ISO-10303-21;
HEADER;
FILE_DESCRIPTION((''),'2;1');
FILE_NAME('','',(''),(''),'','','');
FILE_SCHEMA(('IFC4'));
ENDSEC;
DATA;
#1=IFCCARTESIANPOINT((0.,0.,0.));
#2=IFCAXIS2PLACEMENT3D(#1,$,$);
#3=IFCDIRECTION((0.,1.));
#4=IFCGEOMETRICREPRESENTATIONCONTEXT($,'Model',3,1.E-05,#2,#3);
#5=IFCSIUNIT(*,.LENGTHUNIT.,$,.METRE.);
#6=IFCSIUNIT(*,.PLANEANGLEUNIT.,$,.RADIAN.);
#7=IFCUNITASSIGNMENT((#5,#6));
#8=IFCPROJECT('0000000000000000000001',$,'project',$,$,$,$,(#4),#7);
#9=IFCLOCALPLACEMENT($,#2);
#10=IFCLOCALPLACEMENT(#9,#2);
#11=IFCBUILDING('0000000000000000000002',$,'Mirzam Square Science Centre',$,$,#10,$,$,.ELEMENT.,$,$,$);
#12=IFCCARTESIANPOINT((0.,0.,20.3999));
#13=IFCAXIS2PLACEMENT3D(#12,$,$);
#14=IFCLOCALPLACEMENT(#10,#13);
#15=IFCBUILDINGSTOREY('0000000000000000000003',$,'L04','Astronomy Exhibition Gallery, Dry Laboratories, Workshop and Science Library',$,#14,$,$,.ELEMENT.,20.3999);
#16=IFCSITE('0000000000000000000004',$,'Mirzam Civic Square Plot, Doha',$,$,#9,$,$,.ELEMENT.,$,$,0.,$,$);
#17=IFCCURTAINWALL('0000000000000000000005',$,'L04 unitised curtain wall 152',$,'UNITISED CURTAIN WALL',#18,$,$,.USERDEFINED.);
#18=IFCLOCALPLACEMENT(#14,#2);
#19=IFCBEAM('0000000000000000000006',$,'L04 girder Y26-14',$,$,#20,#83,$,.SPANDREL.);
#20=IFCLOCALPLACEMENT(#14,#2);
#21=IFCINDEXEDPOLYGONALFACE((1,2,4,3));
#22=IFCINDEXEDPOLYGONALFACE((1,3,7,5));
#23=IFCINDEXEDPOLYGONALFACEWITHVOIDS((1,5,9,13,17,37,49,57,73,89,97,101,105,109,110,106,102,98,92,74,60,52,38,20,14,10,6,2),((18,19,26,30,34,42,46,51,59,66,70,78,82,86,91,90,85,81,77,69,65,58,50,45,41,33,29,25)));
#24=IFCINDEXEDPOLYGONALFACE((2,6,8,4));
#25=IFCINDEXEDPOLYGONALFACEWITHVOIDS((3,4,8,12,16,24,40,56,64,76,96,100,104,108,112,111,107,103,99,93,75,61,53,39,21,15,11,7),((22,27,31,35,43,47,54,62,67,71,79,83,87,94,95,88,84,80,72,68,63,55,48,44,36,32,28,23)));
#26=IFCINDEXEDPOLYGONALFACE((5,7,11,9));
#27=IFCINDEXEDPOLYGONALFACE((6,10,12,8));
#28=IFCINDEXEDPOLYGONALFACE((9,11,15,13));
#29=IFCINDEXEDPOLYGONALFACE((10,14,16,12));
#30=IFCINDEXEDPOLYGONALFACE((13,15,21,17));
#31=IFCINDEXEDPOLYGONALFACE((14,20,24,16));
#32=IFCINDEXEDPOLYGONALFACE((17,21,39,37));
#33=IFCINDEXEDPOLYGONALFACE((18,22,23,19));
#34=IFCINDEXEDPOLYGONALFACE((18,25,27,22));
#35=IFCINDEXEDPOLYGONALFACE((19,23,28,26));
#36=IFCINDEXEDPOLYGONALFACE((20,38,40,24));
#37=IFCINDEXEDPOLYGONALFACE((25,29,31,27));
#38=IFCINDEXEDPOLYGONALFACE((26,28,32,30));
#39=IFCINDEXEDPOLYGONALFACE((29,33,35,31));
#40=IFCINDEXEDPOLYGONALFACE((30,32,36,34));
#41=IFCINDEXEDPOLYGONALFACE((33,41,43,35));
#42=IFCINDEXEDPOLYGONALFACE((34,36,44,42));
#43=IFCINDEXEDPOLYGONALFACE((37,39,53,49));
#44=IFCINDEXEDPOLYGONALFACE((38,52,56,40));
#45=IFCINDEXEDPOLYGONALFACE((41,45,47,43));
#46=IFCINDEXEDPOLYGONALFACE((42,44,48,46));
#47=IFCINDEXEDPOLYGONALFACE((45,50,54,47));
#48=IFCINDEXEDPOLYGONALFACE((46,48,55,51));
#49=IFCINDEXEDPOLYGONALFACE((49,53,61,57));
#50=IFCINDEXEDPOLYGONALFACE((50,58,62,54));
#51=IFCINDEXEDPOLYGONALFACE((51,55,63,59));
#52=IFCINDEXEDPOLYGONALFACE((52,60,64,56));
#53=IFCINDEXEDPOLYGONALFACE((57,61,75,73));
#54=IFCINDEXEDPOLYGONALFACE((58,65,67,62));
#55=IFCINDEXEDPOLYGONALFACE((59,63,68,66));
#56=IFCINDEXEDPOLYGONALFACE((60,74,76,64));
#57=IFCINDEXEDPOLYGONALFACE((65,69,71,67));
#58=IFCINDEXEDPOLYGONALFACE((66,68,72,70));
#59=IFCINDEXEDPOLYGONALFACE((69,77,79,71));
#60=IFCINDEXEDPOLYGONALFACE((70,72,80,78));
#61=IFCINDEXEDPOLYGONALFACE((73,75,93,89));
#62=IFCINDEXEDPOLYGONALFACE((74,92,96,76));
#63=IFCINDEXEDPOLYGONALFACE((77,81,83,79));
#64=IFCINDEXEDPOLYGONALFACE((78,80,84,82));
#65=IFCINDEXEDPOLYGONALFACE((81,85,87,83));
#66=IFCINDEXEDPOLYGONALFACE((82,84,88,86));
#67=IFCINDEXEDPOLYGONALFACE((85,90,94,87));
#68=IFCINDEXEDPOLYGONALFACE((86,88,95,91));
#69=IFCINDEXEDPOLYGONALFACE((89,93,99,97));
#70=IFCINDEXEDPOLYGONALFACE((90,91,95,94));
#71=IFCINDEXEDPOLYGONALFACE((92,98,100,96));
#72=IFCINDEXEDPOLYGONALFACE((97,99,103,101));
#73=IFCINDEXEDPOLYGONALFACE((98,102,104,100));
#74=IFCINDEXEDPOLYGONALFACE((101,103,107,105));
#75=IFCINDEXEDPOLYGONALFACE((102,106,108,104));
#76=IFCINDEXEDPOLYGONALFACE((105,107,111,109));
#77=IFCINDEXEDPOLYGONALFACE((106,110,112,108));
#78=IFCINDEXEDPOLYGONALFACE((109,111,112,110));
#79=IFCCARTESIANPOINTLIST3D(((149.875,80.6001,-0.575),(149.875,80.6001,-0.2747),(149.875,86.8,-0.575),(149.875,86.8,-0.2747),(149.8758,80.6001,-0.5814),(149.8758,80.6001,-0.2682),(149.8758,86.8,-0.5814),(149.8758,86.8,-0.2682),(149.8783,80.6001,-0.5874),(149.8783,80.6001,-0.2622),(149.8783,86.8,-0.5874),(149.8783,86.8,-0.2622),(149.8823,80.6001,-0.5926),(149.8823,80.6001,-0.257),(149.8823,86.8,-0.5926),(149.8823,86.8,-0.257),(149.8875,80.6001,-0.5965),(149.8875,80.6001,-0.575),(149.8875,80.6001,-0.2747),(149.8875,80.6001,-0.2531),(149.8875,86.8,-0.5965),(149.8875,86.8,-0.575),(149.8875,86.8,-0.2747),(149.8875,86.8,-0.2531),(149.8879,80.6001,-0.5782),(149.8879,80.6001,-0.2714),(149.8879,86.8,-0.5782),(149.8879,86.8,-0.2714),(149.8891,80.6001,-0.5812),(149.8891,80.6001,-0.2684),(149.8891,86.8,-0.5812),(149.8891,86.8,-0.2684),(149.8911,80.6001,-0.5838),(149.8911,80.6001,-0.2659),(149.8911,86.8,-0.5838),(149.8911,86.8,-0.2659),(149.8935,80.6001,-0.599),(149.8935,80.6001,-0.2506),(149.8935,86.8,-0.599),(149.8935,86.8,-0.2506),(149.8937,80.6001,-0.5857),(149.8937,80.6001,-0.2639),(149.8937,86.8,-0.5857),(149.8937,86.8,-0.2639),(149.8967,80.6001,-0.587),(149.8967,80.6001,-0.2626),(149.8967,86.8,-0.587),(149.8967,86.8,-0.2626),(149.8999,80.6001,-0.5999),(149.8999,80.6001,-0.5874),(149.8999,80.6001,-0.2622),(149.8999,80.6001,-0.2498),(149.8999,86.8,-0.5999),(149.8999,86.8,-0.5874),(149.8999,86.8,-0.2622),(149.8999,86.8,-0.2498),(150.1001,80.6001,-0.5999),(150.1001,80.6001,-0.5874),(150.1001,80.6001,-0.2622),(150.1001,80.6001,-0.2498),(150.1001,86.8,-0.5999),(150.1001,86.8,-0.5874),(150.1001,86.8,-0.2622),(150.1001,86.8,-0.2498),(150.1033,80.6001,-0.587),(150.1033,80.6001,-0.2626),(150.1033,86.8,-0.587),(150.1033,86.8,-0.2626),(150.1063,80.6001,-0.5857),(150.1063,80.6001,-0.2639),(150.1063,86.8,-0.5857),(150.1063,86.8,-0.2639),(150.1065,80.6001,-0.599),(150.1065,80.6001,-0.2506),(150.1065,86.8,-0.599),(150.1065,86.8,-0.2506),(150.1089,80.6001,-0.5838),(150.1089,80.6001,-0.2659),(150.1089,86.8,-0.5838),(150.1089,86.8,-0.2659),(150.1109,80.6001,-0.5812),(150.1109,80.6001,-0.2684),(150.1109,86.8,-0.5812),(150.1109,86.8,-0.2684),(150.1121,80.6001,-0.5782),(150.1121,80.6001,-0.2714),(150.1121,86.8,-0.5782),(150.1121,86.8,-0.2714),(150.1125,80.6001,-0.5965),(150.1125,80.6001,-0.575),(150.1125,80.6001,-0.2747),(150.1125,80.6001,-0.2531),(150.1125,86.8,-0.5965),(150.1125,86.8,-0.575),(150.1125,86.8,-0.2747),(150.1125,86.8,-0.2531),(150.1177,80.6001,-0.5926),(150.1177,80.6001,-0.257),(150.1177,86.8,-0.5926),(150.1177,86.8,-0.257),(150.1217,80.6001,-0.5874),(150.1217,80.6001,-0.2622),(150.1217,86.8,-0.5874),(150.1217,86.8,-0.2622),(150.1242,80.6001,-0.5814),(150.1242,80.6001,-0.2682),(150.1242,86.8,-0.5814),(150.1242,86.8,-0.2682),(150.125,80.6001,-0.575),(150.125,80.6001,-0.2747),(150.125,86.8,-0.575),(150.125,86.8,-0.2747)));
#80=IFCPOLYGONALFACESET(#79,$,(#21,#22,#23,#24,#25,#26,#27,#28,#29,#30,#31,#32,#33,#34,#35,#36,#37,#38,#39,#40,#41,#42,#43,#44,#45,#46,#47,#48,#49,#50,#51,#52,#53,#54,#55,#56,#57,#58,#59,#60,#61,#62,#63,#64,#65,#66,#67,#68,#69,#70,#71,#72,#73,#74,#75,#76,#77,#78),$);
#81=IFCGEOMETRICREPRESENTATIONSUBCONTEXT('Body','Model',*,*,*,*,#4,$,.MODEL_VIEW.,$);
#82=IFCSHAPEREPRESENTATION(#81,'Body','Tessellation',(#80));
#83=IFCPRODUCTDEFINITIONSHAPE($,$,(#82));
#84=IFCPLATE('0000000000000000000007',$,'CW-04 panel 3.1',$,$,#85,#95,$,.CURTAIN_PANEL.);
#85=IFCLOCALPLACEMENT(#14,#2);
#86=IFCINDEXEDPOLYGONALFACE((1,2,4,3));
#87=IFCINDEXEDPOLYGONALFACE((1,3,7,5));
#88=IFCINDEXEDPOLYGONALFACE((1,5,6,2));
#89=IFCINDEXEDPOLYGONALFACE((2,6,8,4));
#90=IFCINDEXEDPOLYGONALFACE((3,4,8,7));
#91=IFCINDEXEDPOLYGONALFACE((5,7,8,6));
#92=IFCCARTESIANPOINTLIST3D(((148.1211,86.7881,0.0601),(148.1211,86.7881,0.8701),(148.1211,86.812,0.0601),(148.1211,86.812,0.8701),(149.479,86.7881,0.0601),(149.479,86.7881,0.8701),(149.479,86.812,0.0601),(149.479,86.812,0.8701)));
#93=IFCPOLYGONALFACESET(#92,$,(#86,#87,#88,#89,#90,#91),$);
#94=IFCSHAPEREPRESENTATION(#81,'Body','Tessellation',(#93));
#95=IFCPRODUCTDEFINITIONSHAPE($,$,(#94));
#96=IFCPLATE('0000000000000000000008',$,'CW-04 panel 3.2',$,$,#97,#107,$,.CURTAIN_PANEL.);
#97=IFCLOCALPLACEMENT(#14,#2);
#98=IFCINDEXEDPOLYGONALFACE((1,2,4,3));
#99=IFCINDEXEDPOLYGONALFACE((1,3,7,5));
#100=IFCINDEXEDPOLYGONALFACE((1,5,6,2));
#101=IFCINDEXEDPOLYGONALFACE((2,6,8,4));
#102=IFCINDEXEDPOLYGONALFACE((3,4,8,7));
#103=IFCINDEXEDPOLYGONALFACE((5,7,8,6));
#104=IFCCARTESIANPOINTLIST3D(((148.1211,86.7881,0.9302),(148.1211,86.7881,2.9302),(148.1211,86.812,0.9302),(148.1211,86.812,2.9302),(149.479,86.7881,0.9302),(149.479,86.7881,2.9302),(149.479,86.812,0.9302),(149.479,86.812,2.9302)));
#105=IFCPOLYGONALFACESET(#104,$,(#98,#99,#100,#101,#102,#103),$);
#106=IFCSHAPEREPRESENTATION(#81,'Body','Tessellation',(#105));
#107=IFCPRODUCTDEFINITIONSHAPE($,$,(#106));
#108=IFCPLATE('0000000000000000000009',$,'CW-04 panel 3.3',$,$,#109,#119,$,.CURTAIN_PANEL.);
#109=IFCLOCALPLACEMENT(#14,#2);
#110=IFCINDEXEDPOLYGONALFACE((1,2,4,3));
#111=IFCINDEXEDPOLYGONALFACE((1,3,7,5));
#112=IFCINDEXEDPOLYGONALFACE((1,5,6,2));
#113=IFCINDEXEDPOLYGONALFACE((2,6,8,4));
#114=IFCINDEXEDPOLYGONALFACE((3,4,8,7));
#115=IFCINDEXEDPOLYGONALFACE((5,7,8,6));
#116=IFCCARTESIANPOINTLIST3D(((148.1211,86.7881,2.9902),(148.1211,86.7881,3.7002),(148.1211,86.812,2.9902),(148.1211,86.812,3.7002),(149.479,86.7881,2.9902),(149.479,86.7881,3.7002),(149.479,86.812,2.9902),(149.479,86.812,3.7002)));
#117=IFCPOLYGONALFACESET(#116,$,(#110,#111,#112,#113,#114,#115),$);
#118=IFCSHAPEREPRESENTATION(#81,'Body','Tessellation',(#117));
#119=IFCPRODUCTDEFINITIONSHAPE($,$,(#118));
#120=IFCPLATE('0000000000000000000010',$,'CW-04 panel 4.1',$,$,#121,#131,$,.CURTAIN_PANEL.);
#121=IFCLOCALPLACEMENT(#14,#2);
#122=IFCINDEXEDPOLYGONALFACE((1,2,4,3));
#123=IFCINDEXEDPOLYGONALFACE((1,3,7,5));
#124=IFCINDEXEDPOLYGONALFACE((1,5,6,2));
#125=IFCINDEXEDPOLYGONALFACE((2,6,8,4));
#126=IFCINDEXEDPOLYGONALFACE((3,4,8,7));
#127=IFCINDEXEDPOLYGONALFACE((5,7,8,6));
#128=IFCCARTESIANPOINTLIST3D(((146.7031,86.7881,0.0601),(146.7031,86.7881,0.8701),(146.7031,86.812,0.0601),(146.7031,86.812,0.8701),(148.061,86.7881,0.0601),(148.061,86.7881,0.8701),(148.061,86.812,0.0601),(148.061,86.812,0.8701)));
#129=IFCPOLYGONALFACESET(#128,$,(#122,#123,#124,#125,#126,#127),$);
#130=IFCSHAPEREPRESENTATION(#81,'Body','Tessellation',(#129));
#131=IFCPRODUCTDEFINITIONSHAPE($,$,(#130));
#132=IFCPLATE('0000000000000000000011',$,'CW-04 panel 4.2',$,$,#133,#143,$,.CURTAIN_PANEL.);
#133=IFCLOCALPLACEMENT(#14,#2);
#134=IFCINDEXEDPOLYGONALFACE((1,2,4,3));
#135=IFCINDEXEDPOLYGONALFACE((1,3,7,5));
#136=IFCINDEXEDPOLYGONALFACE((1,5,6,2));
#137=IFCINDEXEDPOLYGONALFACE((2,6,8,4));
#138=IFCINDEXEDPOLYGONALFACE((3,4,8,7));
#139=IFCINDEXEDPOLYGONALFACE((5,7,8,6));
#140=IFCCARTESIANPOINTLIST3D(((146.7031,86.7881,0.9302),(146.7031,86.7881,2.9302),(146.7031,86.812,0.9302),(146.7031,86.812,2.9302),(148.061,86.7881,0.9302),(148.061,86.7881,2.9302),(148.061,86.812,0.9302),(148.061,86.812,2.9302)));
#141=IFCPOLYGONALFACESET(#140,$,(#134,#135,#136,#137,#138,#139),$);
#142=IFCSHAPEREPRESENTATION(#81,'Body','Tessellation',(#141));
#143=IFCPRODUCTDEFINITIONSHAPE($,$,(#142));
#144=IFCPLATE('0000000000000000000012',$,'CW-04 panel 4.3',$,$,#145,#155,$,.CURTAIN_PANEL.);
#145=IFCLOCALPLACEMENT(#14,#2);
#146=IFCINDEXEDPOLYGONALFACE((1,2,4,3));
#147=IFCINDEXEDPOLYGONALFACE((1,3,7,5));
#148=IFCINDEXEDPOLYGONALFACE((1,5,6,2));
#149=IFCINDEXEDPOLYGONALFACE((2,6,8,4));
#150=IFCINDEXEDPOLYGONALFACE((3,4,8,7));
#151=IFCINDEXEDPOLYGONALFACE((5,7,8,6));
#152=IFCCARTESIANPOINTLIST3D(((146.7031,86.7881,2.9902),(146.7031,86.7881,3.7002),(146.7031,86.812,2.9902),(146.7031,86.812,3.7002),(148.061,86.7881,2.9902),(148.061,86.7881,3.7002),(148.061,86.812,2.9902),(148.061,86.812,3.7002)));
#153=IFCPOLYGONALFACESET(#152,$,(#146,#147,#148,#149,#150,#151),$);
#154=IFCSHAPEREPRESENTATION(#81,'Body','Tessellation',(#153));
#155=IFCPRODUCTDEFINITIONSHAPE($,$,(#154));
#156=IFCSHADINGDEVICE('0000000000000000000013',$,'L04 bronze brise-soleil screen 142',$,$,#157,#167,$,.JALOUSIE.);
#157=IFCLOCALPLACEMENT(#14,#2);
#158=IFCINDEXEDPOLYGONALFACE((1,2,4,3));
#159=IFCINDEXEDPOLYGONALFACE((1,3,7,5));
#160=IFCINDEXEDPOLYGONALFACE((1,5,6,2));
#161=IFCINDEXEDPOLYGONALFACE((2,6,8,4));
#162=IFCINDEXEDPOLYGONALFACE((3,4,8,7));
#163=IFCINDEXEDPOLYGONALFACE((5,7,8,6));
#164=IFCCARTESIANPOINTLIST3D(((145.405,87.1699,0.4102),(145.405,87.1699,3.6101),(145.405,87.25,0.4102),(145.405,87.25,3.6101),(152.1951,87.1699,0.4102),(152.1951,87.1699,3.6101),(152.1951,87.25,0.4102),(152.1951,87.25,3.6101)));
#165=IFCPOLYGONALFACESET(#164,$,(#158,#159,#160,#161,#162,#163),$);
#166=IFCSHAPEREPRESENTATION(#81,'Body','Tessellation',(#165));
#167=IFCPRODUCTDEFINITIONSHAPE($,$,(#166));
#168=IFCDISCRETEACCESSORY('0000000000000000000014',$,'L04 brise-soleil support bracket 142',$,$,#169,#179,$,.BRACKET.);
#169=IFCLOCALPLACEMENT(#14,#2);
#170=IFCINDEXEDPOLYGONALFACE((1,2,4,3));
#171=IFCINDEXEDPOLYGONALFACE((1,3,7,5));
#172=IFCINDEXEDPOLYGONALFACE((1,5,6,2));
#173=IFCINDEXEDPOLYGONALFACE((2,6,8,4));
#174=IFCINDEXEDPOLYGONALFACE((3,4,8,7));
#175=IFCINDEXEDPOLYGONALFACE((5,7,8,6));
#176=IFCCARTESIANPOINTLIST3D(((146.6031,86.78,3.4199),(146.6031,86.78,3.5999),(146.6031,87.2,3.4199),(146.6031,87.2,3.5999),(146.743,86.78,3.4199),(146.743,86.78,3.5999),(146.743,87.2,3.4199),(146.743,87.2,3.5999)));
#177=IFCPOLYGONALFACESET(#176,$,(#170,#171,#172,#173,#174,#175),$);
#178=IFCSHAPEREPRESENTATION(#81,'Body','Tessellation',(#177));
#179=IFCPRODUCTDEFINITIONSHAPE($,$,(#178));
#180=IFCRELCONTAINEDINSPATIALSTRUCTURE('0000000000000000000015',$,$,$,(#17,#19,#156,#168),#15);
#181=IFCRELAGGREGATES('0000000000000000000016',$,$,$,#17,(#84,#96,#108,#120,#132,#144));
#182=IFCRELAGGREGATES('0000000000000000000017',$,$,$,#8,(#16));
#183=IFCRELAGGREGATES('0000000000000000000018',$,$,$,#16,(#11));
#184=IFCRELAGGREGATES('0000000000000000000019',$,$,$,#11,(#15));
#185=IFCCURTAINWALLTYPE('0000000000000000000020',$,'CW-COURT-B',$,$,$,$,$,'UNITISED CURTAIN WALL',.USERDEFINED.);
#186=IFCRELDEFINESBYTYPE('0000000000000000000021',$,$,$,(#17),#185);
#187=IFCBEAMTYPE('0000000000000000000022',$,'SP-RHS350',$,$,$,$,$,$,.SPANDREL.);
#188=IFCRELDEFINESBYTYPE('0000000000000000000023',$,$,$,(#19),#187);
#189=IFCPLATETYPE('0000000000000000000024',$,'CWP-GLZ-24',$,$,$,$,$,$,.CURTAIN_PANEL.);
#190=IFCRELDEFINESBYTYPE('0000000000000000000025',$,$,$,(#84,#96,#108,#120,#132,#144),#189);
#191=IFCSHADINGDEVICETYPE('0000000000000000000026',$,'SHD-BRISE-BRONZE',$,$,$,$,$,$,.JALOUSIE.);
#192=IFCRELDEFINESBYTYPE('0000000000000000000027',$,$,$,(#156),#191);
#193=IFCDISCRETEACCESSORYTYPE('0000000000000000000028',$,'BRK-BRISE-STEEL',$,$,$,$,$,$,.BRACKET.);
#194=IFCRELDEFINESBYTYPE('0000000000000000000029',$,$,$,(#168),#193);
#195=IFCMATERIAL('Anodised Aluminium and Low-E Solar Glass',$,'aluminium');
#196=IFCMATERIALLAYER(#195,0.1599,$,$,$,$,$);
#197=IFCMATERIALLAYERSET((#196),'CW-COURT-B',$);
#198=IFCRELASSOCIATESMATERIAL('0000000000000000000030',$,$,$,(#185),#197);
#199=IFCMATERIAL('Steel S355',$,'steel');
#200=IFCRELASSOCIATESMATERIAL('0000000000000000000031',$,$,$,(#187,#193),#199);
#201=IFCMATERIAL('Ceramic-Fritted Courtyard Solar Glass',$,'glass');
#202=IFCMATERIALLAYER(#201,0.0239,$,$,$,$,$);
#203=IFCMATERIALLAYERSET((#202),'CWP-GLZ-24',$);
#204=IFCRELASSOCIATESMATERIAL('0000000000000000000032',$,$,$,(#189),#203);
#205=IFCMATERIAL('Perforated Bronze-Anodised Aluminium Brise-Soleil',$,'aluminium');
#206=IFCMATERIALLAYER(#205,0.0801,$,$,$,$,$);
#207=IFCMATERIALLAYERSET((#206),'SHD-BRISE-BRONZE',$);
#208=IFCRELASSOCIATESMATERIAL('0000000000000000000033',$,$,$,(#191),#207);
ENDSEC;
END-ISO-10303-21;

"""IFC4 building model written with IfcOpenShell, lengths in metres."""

from ifc_helpers import new_model, si_unit, direction, frame, origin, origin_2d, place, context, subcontext, project, spatial, rectangle, hollow_rectangle, extrude, material, layer, layer_set, material_profile, profile_set, type_object, element, aggregate, save


model = new_model("IFC4")

# Units and contexts
model_context = context("Model", 3, precision=1e-05, world=origin(), true_north=direction((0.0, 1.0)))
body_context = subcontext(model_context, "Body", "Model", "MODEL_VIEW")
ifc_project = project(units=[si_unit("LENGTHUNIT", "METRE"), si_unit("PLANEANGLEUNIT", "RADIAN")], contexts=[model_context])

# Site, building, storey
site_placement = place(None, origin())
site = spatial("IfcSite", under=ifc_project, at=site_placement, Name="Mirzam Civic Square Plot, Doha", CompositionType="ELEMENT", RefElevation=0.0)
building_placement = place(site_placement, origin())
building = spatial("IfcBuilding", under=site, at=building_placement, Name="Mirzam Square Science Centre", CompositionType="ELEMENT")
storey_placement = place(building_placement, frame((0.0, 0.0, 20.3999)))
storey = spatial("IfcBuildingStorey", under=building, at=storey_placement, Name="L04", Description="Astronomy Exhibition Gallery, Dry Laboratories, Workshop and Science Library", CompositionType="ELEMENT", Elevation=20.3999)

# Shared definitions
ifc_material_1 = material(Name="Steel S355", Category="steel")

# Curtain wall
ifc_material_2 = material(Name="Anodised Aluminium and Low-E Solar Glass", Category="aluminium")
ifc_layer_1 = layer(ifc_material_2, 0.1599)
ifc_layer_set_1 = layer_set([ifc_layer_1], Name="CW-COURT-B")
curtain_wall_type = type_object("IfcCurtainWallType", Name="CW-COURT-B", ElementType="UNITISED CURTAIN WALL", PredefinedType="USERDEFINED", material=ifc_layer_set_1)
curtain_wall_placement = place(storey_placement, origin())
curtain_wall = element("IfcCurtainWall", 1, at=curtain_wall_placement, inside=storey, type_object=curtain_wall_type, Name="L04 unitised curtain wall 152", ObjectType="UNITISED CURTAIN WALL", PredefinedType="USERDEFINED")

# Beam
ifc_material_profile_1 = material_profile(ifc_material_1, hollow_rectangle(XDim=0.25, YDim=0.3501, WallThickness=0.0125, InnerFilletRadius=0.0125, OuterFilletRadius=0.0249, at=origin_2d()), Name="350x250x12.5RHS")
ifc_profile_set_1 = profile_set([ifc_material_profile_1], Name="Steel S355")
beam_type = type_object("IfcBeamType", Name="SP-RHS350", PredefinedType="SPANDREL", material=ifc_profile_set_1)
beam_placement = place(storey_placement, frame((150.0, 80.6001, -0.4248), z_axis=(0.0, 1.0, 0.0), x_axis=(-1.0, 0.0, 0.0)))
element("IfcBeam", 2, at=beam_placement, inside=storey, type_object=beam_type, Name="L04 girder Y26-14", PredefinedType="SPANDREL", context=body_context, shape_type="SweptSolid", body=[
    extrude(hollow_rectangle(XDim=0.25, YDim=0.3501, WallThickness=0.0125, InnerFilletRadius=0.0125, OuterFilletRadius=0.0249, at=origin_2d()), origin(), (0.0, 0.0, 1.0), 6.2),
])

# Plates
ifc_material_3 = material(Name="Ceramic-Fritted Courtyard Solar Glass", Category="glass")
ifc_layer_2 = layer(ifc_material_3, 0.0239)
ifc_layer_set_2 = layer_set([ifc_layer_2], Name="CWP-GLZ-24")
plate_type = type_object("IfcPlateType", Name="CWP-GLZ-24", PredefinedType="CURTAIN_PANEL", material=ifc_layer_set_2)
plate_1_placement = place(storey_placement, frame((148.8, 86.8, 0.0601), z_axis=(0.0, 0.0, 1.0), x_axis=(-1.0, 0.0, 0.0)))
plate_1 = element("IfcPlate", 3, at=plate_1_placement, type_object=plate_type, Name="CW-04 panel 3.1", PredefinedType="CURTAIN_PANEL", context=body_context, shape_type="SweptSolid", body=[
    extrude(rectangle(XDim=1.3579, YDim=0.0239, at=origin_2d()), origin(), (0.0, 0.0, 1.0), 0.8101),
])
plate_2_placement = place(storey_placement, frame((148.8, 86.8, 0.9302), z_axis=(0.0, 0.0, 1.0), x_axis=(-1.0, 0.0, 0.0)))
plate_2 = element("IfcPlate", 4, at=plate_2_placement, type_object=plate_type, Name="CW-04 panel 3.2", PredefinedType="CURTAIN_PANEL", context=body_context, shape_type="SweptSolid", body=[
    extrude(rectangle(XDim=1.3579, YDim=0.0239, at=origin_2d()), origin(), (0.0, 0.0, 1.0), 2.0),
])
plate_3_placement = place(storey_placement, frame((148.8, 86.8, 2.9902), z_axis=(0.0, 0.0, 1.0), x_axis=(-1.0, 0.0, 0.0)))
plate_3 = element("IfcPlate", 5, at=plate_3_placement, type_object=plate_type, Name="CW-04 panel 3.3", PredefinedType="CURTAIN_PANEL", context=body_context, shape_type="SweptSolid", body=[
    extrude(rectangle(XDim=1.3579, YDim=0.0239, at=origin_2d()), origin(), (0.0, 0.0, 1.0), 0.71),
])
plate_4_placement = place(storey_placement, frame((147.3821, 86.8, 0.0601), z_axis=(0.0, 0.0, 1.0), x_axis=(-1.0, 0.0, 0.0)))
plate_4 = element("IfcPlate", 6, at=plate_4_placement, type_object=plate_type, Name="CW-04 panel 4.1", PredefinedType="CURTAIN_PANEL", context=body_context, shape_type="SweptSolid", body=[
    extrude(rectangle(XDim=1.3579, YDim=0.0239, at=origin_2d()), origin(), (0.0, 0.0, 1.0), 0.8101),
])
plate_5_placement = place(storey_placement, frame((147.3821, 86.8, 0.9302), z_axis=(0.0, 0.0, 1.0), x_axis=(-1.0, 0.0, 0.0)))
plate_5 = element("IfcPlate", 7, at=plate_5_placement, type_object=plate_type, Name="CW-04 panel 4.2", PredefinedType="CURTAIN_PANEL", context=body_context, shape_type="SweptSolid", body=[
    extrude(rectangle(XDim=1.3579, YDim=0.0239, at=origin_2d()), origin(), (0.0, 0.0, 1.0), 2.0),
])
plate_6_placement = place(storey_placement, frame((147.3821, 86.8, 2.9902), z_axis=(0.0, 0.0, 1.0), x_axis=(-1.0, 0.0, 0.0)))
plate_6 = element("IfcPlate", 8, at=plate_6_placement, type_object=plate_type, Name="CW-04 panel 4.3", PredefinedType="CURTAIN_PANEL", context=body_context, shape_type="SweptSolid", body=[
    extrude(rectangle(XDim=1.3579, YDim=0.0239, at=origin_2d()), origin(), (0.0, 0.0, 1.0), 0.71),
])
aggregate(curtain_wall, [plate_1, plate_2, plate_3, plate_4, plate_5, plate_6])

# Shading device
ifc_material_4 = material(Name="Perforated Bronze-Anodised Aluminium Brise-Soleil", Category="aluminium")
ifc_layer_3 = layer(ifc_material_4, 0.0801)
ifc_layer_set_3 = layer_set([ifc_layer_3], Name="SHD-BRISE-BRONZE")
shading_device_type = type_object("IfcShadingDeviceType", Name="SHD-BRISE-BRONZE", PredefinedType="JALOUSIE", material=ifc_layer_set_3)
shading_device_placement = place(storey_placement, frame((148.8, 87.21, 0.4102), z_axis=(0.0, 0.0, 1.0), x_axis=(-1.0, 0.0, 0.0)))
element("IfcShadingDevice", 9, at=shading_device_placement, inside=storey, type_object=shading_device_type, Name="L04 bronze brise-soleil screen 142", PredefinedType="JALOUSIE", context=body_context, shape_type="SweptSolid", body=[
    extrude(rectangle(XDim=6.79, YDim=0.0801, at=origin_2d()), origin(), (0.0, 0.0, 1.0), 3.2),
])

# Discrete accessory
discrete_accessory_type = type_object("IfcDiscreteAccessoryType", Name="BRK-BRISE-STEEL", PredefinedType="BRACKET", material=ifc_material_1)
discrete_accessory_placement = place(storey_placement, frame((146.6731, 86.99, 3.4199), z_axis=(0.0, 0.0, 1.0), x_axis=(-1.0, 0.0, 0.0)))
element("IfcDiscreteAccessory", 10, at=discrete_accessory_placement, inside=storey, type_object=discrete_accessory_type, Name="L04 brise-soleil support bracket 142", PredefinedType="BRACKET", context=body_context, shape_type="SweptSolid", body=[
    extrude(rectangle(XDim=0.1399, YDim=0.4199, at=origin_2d()), origin(), (0.0, 0.0, 1.0), 0.1799),
])

save(model, "model.ifc")
